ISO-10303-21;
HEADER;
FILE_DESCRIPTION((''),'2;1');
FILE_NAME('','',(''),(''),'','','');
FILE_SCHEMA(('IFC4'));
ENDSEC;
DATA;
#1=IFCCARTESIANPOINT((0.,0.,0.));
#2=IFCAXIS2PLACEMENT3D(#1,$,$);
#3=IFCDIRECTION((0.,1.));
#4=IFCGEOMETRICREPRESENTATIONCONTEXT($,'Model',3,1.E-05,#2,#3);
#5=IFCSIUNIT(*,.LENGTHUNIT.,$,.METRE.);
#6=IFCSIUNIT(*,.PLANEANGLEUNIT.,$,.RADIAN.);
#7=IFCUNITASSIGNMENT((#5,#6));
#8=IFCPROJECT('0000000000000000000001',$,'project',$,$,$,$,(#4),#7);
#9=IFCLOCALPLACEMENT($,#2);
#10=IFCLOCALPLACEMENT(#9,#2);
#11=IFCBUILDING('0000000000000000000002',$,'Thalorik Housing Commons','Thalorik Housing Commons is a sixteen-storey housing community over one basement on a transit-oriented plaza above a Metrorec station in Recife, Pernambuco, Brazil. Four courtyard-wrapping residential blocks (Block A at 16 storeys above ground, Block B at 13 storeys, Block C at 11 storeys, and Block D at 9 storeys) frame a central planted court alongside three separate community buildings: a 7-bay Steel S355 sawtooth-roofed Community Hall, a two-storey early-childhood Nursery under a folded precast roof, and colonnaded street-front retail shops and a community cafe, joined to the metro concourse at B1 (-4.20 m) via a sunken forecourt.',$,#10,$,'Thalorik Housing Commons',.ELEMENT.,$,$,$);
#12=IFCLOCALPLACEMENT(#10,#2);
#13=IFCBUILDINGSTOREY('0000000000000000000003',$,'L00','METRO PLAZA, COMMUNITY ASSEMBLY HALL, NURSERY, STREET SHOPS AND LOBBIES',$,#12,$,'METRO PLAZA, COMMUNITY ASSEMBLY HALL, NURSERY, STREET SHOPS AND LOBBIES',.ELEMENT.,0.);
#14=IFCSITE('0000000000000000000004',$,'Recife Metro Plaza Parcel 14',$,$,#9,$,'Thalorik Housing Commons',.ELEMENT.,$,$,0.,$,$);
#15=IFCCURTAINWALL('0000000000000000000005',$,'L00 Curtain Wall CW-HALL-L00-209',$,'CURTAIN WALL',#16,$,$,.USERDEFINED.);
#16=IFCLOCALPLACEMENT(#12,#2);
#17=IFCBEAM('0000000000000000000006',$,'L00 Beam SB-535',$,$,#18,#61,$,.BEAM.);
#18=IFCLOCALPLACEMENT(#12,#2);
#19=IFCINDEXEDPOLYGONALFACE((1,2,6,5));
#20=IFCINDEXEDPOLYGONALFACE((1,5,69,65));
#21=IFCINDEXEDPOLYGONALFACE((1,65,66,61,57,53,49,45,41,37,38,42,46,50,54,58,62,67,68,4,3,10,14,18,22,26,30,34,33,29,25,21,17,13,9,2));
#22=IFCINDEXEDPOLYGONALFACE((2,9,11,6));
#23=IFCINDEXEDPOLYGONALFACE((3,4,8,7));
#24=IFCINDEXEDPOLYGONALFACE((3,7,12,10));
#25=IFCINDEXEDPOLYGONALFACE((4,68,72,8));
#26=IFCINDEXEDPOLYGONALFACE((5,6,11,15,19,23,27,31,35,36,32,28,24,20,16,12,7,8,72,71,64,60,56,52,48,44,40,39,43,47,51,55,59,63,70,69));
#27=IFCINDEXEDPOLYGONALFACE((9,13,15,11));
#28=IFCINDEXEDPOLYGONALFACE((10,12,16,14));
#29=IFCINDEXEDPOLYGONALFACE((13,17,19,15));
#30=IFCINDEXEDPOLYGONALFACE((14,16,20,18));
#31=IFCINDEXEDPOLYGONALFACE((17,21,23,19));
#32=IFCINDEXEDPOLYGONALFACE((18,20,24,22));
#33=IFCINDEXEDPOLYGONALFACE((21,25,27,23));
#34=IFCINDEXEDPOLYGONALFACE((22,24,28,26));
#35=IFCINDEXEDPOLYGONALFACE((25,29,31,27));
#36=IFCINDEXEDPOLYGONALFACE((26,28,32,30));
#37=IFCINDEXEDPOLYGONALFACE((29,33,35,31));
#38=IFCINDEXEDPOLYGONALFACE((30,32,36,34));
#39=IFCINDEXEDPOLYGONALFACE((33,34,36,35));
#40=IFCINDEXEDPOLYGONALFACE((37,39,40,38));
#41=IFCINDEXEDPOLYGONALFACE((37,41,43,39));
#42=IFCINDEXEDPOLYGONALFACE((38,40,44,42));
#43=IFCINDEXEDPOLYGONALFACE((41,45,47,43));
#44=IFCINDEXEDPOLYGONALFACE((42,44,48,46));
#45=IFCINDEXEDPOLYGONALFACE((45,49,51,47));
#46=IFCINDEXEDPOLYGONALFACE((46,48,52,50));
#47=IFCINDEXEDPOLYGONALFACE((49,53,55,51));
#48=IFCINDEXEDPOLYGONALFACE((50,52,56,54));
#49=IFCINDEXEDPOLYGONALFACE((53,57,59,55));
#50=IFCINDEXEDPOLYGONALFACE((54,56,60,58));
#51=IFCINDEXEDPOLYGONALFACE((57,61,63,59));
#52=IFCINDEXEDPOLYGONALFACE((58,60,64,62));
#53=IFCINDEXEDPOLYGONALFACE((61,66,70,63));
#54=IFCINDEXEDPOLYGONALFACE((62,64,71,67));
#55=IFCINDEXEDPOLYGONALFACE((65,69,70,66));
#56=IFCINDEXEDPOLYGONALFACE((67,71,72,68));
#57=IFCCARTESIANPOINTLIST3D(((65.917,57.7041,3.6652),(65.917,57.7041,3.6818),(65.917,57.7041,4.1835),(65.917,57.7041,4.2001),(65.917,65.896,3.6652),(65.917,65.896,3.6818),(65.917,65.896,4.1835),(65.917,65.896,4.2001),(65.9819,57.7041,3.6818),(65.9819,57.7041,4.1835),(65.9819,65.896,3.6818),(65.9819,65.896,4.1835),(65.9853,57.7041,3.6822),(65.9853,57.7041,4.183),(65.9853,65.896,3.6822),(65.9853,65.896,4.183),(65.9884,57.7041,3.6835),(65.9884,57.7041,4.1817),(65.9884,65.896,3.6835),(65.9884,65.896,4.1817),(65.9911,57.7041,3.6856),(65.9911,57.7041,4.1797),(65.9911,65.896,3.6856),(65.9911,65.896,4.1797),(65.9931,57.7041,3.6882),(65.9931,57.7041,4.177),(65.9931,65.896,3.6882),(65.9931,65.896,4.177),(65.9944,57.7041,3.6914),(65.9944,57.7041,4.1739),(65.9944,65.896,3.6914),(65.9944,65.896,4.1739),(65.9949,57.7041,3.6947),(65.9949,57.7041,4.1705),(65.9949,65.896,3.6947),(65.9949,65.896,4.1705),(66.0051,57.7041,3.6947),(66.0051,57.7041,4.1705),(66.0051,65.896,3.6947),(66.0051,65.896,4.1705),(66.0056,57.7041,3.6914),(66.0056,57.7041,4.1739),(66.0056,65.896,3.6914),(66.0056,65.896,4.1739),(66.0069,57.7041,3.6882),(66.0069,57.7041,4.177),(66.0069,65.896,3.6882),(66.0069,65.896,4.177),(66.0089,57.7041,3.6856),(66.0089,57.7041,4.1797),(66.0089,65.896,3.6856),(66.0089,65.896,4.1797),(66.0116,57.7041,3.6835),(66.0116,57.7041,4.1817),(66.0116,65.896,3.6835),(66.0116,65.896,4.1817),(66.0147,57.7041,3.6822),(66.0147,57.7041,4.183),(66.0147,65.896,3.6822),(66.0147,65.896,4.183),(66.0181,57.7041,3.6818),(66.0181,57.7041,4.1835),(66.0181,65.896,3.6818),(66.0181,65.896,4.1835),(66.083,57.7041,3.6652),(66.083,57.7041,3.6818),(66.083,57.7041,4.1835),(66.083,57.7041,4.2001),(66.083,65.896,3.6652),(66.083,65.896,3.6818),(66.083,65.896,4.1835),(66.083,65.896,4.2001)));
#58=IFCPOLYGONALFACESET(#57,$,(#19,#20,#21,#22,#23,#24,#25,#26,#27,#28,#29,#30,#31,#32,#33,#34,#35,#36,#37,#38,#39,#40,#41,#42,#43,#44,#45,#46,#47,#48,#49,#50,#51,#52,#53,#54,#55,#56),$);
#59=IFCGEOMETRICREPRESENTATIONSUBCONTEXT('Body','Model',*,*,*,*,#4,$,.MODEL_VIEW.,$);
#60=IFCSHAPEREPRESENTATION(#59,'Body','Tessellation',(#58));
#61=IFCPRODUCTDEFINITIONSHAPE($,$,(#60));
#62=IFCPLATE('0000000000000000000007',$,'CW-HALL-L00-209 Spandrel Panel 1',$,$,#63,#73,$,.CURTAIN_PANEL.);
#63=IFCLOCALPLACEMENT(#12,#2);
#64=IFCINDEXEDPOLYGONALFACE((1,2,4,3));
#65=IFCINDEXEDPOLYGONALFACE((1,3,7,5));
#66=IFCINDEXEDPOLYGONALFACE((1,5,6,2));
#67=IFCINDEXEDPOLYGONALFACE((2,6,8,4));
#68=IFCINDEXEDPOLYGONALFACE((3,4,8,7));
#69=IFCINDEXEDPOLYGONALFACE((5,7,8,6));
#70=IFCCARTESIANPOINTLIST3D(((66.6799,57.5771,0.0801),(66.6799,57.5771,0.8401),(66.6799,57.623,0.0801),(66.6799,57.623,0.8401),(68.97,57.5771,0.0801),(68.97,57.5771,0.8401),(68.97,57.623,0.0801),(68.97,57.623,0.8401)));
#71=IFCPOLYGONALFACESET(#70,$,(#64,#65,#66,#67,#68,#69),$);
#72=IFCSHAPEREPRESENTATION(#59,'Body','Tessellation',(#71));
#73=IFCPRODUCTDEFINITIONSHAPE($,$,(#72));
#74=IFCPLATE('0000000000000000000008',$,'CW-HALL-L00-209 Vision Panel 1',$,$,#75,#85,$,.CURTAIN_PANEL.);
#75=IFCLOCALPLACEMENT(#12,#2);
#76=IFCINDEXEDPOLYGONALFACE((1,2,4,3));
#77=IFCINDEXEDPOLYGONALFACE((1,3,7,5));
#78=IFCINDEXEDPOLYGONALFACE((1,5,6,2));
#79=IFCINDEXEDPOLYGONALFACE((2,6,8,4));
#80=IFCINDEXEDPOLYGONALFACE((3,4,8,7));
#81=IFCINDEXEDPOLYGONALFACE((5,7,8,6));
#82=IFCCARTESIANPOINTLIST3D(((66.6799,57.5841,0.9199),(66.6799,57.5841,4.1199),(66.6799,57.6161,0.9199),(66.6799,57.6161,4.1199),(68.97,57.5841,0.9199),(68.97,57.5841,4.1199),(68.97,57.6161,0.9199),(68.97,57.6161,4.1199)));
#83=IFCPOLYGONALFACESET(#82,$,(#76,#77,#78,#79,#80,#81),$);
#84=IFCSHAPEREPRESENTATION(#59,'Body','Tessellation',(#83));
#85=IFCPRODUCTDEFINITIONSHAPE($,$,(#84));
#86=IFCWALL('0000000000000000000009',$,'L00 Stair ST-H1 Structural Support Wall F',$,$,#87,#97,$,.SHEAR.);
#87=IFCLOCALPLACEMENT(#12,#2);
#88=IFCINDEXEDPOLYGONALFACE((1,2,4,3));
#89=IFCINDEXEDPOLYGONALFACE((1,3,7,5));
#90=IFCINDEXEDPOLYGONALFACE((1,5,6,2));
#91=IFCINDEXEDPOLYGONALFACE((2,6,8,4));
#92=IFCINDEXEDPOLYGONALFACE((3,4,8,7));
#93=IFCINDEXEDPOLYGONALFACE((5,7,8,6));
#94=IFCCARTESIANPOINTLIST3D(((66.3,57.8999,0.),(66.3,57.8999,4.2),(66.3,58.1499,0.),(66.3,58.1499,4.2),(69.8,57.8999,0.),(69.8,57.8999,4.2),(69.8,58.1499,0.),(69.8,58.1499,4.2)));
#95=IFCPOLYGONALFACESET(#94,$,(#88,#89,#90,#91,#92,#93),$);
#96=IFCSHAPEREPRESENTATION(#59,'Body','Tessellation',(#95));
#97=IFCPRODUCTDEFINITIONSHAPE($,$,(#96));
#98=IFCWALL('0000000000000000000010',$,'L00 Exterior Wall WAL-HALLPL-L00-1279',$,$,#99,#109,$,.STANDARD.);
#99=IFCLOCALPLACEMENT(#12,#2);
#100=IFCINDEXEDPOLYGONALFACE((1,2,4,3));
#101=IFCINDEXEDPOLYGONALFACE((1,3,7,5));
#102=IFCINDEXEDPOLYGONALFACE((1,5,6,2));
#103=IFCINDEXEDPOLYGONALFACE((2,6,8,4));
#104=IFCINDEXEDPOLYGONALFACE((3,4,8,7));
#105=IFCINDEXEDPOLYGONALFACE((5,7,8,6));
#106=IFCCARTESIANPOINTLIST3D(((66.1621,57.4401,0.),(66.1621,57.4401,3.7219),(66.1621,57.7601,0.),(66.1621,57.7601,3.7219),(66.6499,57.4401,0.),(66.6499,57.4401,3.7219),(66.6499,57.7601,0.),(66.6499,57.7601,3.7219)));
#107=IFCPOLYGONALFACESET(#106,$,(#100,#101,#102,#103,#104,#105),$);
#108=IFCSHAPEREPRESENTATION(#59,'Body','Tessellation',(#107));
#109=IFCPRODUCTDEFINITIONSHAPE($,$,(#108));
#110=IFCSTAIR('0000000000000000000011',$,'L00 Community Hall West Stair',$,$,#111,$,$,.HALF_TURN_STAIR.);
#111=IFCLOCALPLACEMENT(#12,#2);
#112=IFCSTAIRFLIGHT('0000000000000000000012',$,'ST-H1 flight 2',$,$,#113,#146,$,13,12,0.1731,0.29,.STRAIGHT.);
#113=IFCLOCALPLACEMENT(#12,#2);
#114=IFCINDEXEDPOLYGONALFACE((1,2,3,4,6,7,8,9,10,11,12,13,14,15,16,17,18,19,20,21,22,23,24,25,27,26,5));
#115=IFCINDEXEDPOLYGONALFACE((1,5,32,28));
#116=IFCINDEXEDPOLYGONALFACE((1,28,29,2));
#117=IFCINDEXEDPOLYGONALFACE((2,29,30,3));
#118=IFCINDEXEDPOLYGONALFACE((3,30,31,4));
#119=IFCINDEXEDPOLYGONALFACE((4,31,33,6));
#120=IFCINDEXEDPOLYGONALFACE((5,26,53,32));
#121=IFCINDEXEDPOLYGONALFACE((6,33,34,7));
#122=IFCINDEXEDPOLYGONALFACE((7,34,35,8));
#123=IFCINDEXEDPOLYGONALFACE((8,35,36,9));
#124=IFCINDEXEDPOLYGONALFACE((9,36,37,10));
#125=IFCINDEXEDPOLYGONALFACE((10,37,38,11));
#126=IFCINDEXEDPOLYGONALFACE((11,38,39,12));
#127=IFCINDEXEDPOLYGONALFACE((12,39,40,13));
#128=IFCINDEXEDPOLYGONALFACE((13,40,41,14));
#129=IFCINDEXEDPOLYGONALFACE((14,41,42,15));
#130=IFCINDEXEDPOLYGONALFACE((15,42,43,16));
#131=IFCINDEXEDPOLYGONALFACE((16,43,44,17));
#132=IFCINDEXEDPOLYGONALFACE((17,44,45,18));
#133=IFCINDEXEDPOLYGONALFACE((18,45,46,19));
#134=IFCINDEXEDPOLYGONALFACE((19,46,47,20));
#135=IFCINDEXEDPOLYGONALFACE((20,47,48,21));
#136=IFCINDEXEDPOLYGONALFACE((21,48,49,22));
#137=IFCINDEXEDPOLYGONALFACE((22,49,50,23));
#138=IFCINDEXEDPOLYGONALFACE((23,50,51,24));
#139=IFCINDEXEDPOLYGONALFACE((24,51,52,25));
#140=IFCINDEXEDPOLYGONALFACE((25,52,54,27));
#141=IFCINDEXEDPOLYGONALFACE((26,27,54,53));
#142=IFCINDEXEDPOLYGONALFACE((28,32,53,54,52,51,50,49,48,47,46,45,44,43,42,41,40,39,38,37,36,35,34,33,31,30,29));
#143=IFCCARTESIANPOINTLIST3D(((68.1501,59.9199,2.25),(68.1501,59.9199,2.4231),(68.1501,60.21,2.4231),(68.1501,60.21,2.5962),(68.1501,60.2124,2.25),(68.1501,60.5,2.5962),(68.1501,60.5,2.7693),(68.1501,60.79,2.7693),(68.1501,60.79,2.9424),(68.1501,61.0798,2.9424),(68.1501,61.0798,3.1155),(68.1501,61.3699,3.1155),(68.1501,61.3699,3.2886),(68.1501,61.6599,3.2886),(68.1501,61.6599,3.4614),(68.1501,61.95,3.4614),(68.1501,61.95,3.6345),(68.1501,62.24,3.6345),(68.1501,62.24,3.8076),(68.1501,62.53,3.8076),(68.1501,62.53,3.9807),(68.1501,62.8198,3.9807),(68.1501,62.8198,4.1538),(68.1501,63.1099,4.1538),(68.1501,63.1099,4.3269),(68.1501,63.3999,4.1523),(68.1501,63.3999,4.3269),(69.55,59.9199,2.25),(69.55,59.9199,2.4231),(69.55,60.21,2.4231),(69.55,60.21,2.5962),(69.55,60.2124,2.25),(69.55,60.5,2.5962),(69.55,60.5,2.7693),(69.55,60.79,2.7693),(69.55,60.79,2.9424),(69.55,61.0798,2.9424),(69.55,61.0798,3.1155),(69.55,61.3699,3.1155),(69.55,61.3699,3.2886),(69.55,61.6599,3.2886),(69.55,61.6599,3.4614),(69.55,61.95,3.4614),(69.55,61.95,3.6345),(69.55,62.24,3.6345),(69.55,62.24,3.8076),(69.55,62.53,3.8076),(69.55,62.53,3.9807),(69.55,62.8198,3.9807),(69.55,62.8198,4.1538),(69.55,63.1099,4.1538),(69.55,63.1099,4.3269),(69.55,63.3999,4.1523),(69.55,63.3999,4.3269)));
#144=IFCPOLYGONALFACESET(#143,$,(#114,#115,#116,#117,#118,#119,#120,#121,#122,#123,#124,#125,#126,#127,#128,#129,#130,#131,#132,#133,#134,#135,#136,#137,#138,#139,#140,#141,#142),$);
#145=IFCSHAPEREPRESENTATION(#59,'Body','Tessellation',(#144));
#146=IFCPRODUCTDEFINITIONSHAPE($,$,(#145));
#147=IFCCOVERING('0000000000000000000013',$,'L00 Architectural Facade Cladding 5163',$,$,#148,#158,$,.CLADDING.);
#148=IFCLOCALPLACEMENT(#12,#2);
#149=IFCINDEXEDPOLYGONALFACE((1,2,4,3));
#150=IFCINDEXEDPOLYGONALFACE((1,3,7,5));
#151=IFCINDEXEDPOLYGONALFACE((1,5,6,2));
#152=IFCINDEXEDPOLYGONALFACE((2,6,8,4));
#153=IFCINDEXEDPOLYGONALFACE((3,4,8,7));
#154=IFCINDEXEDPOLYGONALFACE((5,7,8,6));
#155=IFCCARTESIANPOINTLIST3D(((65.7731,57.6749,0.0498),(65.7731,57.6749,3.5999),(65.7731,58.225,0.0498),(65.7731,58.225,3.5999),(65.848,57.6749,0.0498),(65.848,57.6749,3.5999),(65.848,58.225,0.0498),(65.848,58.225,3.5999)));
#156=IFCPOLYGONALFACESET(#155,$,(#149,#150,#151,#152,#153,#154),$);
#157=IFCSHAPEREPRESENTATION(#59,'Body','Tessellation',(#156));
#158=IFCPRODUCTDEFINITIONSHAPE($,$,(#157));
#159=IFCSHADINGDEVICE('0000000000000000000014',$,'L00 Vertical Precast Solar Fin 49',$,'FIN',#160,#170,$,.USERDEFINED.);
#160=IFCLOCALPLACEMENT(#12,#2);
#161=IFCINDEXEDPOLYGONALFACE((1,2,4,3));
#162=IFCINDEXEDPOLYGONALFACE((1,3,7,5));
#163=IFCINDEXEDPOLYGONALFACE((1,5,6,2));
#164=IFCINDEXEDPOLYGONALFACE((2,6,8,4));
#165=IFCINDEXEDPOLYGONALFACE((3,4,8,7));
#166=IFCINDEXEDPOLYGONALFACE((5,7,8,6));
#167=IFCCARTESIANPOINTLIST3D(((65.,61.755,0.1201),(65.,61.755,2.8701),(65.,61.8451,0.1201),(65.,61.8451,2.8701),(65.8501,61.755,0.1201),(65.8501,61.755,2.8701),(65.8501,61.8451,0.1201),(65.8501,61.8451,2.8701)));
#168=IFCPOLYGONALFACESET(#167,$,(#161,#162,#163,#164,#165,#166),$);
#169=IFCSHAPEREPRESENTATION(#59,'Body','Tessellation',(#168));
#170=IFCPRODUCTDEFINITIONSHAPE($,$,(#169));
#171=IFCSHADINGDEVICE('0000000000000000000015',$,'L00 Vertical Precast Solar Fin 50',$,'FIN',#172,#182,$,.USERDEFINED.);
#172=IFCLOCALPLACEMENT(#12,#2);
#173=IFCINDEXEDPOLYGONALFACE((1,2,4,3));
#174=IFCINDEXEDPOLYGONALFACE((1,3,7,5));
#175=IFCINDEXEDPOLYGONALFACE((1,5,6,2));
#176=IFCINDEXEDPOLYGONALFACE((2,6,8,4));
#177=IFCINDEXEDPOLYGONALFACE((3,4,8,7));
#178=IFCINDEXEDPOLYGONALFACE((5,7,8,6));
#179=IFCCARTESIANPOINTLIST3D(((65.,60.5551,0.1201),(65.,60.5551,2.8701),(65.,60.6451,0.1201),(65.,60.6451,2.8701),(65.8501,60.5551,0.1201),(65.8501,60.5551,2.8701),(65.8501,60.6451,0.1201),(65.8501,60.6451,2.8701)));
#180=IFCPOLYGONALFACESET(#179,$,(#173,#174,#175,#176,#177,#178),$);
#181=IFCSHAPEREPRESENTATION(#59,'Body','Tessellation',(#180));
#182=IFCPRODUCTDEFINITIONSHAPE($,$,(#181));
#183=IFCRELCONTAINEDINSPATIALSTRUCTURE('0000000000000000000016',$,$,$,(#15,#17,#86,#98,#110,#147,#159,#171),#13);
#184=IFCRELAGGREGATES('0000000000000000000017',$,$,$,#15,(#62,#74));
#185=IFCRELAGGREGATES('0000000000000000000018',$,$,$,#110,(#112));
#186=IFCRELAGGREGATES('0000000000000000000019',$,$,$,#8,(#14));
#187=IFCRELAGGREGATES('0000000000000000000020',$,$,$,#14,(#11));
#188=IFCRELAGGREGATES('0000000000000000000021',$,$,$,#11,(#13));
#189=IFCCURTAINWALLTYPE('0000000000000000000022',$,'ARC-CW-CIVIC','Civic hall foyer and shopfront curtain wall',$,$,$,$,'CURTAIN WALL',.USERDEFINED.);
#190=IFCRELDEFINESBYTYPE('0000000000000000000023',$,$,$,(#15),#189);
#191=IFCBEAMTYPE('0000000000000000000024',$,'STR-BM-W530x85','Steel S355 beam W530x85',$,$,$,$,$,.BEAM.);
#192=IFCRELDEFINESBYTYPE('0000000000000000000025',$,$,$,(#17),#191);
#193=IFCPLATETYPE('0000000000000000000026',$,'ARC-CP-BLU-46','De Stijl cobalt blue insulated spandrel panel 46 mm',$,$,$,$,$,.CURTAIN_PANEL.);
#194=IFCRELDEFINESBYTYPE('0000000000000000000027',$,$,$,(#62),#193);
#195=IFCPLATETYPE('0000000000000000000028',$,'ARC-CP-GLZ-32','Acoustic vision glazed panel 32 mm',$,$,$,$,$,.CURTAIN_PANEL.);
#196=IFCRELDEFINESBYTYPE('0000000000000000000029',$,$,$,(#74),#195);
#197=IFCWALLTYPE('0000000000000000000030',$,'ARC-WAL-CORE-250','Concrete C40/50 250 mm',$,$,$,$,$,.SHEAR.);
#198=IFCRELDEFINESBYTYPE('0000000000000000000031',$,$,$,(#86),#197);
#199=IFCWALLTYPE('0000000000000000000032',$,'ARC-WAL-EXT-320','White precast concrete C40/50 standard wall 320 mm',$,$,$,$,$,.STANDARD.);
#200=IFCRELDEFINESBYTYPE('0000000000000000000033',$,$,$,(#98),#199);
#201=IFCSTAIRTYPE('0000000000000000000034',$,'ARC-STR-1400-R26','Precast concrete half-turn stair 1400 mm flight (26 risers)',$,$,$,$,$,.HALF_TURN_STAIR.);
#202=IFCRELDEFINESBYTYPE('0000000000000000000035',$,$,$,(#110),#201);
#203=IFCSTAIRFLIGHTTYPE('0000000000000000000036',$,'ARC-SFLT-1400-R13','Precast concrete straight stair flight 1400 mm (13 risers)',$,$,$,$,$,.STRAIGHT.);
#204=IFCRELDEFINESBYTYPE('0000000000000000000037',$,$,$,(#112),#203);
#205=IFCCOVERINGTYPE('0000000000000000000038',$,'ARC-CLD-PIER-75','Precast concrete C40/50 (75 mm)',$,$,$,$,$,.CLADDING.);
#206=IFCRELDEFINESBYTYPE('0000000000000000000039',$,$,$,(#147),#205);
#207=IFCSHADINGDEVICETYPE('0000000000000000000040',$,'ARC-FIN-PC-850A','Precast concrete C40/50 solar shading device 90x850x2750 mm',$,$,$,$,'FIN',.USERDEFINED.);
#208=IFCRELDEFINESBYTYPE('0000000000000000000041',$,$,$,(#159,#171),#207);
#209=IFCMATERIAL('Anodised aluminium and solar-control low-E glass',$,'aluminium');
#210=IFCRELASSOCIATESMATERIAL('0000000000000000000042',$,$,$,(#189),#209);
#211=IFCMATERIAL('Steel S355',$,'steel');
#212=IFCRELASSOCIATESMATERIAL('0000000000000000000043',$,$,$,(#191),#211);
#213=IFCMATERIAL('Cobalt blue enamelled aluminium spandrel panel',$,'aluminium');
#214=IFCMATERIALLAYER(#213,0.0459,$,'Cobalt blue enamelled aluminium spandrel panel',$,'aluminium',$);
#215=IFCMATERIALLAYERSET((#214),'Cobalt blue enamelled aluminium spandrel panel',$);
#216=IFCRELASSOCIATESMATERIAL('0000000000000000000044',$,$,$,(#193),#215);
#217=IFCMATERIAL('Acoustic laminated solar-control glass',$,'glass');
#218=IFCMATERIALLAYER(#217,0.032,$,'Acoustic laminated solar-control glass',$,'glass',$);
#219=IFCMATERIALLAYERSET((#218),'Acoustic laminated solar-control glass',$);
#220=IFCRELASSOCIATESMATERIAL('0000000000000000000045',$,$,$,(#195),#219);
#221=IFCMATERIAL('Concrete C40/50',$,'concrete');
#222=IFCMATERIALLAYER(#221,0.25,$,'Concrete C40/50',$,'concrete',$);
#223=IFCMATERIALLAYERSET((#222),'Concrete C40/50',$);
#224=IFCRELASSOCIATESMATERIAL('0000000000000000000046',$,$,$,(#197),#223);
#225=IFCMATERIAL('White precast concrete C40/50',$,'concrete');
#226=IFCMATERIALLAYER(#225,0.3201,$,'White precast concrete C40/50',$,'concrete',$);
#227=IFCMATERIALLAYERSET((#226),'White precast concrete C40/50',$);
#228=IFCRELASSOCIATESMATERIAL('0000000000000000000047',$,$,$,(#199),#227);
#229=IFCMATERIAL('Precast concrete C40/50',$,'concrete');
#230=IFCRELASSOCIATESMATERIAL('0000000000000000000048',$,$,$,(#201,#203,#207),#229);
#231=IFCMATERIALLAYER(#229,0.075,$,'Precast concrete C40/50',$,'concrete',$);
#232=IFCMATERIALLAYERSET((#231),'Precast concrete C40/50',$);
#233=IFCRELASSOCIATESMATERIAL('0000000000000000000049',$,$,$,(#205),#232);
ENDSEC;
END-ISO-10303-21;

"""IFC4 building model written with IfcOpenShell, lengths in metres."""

from ifc_helpers import new_model, si_unit, direction, frame, frame_2d, origin, origin_2d, place, context, subcontext, project, spatial, polyline, rectangle, i_section, outline, extrude, material, layer, layer_set, material_profile, profile_set, type_object, element, aggregate, save


model = new_model("IFC4")

# Units and contexts
model_context = context("Model", 3, precision=1e-05, world=origin(), true_north=direction((0.0, 1.0)))
body_context = subcontext(model_context, "Body", "Model", "MODEL_VIEW")
ifc_project = project(units=[si_unit("LENGTHUNIT", "METRE"), si_unit("PLANEANGLEUNIT", "RADIAN")], contexts=[model_context])

# Site, building, storey
site_placement = place(None, origin())
site = spatial("IfcSite", under=ifc_project, at=site_placement, Name="Recife Metro Plaza Parcel 14", LongName="Thalorik Housing Commons", CompositionType="ELEMENT", RefElevation=0.0)
building_placement = place(site_placement, origin())
building = spatial("IfcBuilding", under=site, at=building_placement, Name="Thalorik Housing Commons", Description="Thalorik Housing Commons is a sixteen-storey housing community over one basement on a transit-oriented plaza above a Metrorec station in Recife, Pernambuco, Brazil. Four courtyard-wrapping residential blocks (Block A at 16 storeys above ground, Block B at 13 storeys, Block C at 11 storeys, and Block D at 9 storeys) frame a central planted court alongside three separate community buildings: a 7-bay Steel S355 sawtooth-roofed Community Hall, a two-storey early-childhood Nursery under a folded precast roof, and colonnaded street-front retail shops and a community cafe, joined to the metro concourse at B1 (-4.20 m) via a sunken forecourt.", LongName="Thalorik Housing Commons", CompositionType="ELEMENT")
storey_placement = place(building_placement, origin())
storey = spatial("IfcBuildingStorey", under=building, at=storey_placement, Name="L00", Description="METRO PLAZA, COMMUNITY ASSEMBLY HALL, NURSERY, STREET SHOPS AND LOBBIES", LongName="METRO PLAZA, COMMUNITY ASSEMBLY HALL, NURSERY, STREET SHOPS AND LOBBIES", CompositionType="ELEMENT", Elevation=0.0)

# Shared definitions
ifc_material_1 = material(Name="Steel S355", Category="steel")

# Curtain wall
ifc_material_2 = material(Name="Anodised aluminium and solar-control low-E glass", Category="aluminium")
curtain_wall_type = type_object("IfcCurtainWallType", Name="ARC-CW-CIVIC", Description="Civic hall foyer and shopfront curtain wall", ElementType="CURTAIN WALL", PredefinedType="USERDEFINED", material=ifc_material_2)
curtain_wall_placement = place(storey_placement, origin())
curtain_wall = element("IfcCurtainWall", 1, at=curtain_wall_placement, inside=storey, type_object=curtain_wall_type, Name="L00 Curtain Wall CW-HALL-L00-209", ObjectType="CURTAIN WALL", PredefinedType="USERDEFINED")

# Beam
ifc_material_profile_1 = material_profile(ifc_material_1, i_section(OverallWidth=0.166, OverallDepth=0.5349, WebThickness=0.0103, FlangeThickness=0.0166, FilletRadius=0.0129, at=origin_2d()), Name="W530x85", Category="steel")
ifc_profile_set_1 = profile_set([ifc_material_profile_1], Name="Steel S355")
beam_type_1 = type_object("IfcBeamType", Name="STR-BM-W530x85", Description="Steel S355 beam W530x85", PredefinedType="BEAM", material=ifc_profile_set_1)
beam_1_placement = place(storey_placement, frame((66.0, 57.7041, 3.9326), z_axis=(0.0, 1.0, 0.0), x_axis=(-1.0, 0.0, 0.0)))
element("IfcBeam", 2, at=beam_1_placement, inside=storey, type_object=beam_type_1, Name="L00 Beam SB-535", PredefinedType="BEAM", context=body_context, shape_type="SweptSolid", body=[
    extrude(i_section(OverallWidth=0.166, OverallDepth=0.5349, WebThickness=0.0103, FlangeThickness=0.0166, FilletRadius=0.0129, at=origin_2d()), origin(), (0.0, 0.0, 1.0), 8.1919),
])

# Plates
ifc_material_3 = material(Name="Cobalt blue enamelled aluminium spandrel panel", Category="aluminium")
ifc_layer_1 = layer(ifc_material_3, 0.0459, Name="Cobalt blue enamelled aluminium spandrel panel", Category="aluminium")
ifc_layer_set_1 = layer_set([ifc_layer_1], Name="Cobalt blue enamelled aluminium spandrel panel")
plate_type_1 = type_object("IfcPlateType", Name="ARC-CP-BLU-46", Description="De Stijl cobalt blue insulated spandrel panel 46 mm", PredefinedType="CURTAIN_PANEL", material=ifc_layer_set_1)
plate_1_placement = place(storey_placement, frame((67.825, 57.6001, 0.0801), z_axis=(0.0, 0.0, 1.0), x_axis=(1.0, 0.0, 0.0)))
plate_1 = element("IfcPlate", 3, at=plate_1_placement, type_object=plate_type_1, Name="CW-HALL-L00-209 Spandrel Panel 1", PredefinedType="CURTAIN_PANEL", context=body_context, shape_type="SweptSolid", body=[
    extrude(rectangle(XDim=2.29, YDim=0.0459, at=origin_2d()), origin(), (0.0, 0.0, 1.0), 0.76),
])
ifc_material_4 = material(Name="Acoustic laminated solar-control glass", Category="glass")
ifc_layer_2 = layer(ifc_material_4, 0.032, Name="Acoustic laminated solar-control glass", Category="glass")
ifc_layer_set_2 = layer_set([ifc_layer_2], Name="Acoustic laminated solar-control glass")
plate_type_2 = type_object("IfcPlateType", Name="ARC-CP-GLZ-32", Description="Acoustic vision glazed panel 32 mm", PredefinedType="CURTAIN_PANEL", material=ifc_layer_set_2)
plate_2_placement = place(storey_placement, frame((67.825, 57.6001, 0.9199), z_axis=(0.0, 0.0, 1.0), x_axis=(1.0, 0.0, 0.0)))
plate_2 = element("IfcPlate", 4, at=plate_2_placement, type_object=plate_type_2, Name="CW-HALL-L00-209 Vision Panel 1", PredefinedType="CURTAIN_PANEL", context=body_context, shape_type="SweptSolid", body=[
    extrude(rectangle(XDim=2.29, YDim=0.032, at=origin_2d()), origin(), (0.0, 0.0, 1.0), 3.2),
])
aggregate(curtain_wall, [plate_1, plate_2])

# Wall
ifc_material_5 = material(Name="Concrete C40/50", Category="concrete")
ifc_layer_3 = layer(ifc_material_5, 0.25, Name="Concrete C40/50", Category="concrete")
ifc_layer_set_3 = layer_set([ifc_layer_3], Name="Concrete C40/50")
wall_type_1 = type_object("IfcWallType", Name="ARC-WAL-CORE-250", Description="Concrete C40/50 250 mm", PredefinedType="SHEAR", material=ifc_layer_set_3)
wall_1_placement = place(storey_placement, frame((66.3, 58.0249, 0.0), z_axis=(0.0, 0.0, 1.0), x_axis=(1.0, 0.0, 0.0)))
element("IfcWall", 5, at=wall_1_placement, inside=storey, type_object=wall_type_1, Name="L00 Stair ST-H1 Structural Support Wall F", PredefinedType="SHEAR", context=body_context, shape_type="SweptSolid", body=[
    extrude(rectangle(XDim=3.5, YDim=0.25, at=frame_2d((1.75, 0.0))), origin(), (0.0, 0.0, 1.0), 4.2),
])

# Shared definitions
ifc_material_6 = material(Name="White precast concrete C40/50", Category="concrete")

# Wall
ifc_layer_4 = layer(ifc_material_6, 0.3201, Name="White precast concrete C40/50", Category="concrete")
ifc_layer_set_4 = layer_set([ifc_layer_4], Name="White precast concrete C40/50")
wall_type_2 = type_object("IfcWallType", Name="ARC-WAL-EXT-320", Description="White precast concrete C40/50 standard wall 320 mm", PredefinedType="STANDARD", material=ifc_layer_set_4)
wall_2_placement = place(storey_placement, frame((66.1621, 57.6001, 0.0), z_axis=(0.0, 0.0, 1.0), x_axis=(1.0, 0.0, 0.0)))
element("IfcWall", 6, at=wall_2_placement, inside=storey, type_object=wall_type_2, Name="L00 Exterior Wall WAL-HALLPL-L00-1279", PredefinedType="STANDARD", context=body_context, shape_type="SweptSolid", body=[
    extrude(rectangle(XDim=0.4878, YDim=0.3201, at=frame_2d((0.2439, 0.0))), origin(), (0.0, 0.0, 1.0), 3.7219),
])

# Stair, stair flight
ifc_material_7 = material(Name="Precast concrete C40/50", Category="concrete")
stair_type = type_object("IfcStairType", Name="ARC-STR-1400-R26", Description="Precast concrete half-turn stair 1400 mm flight (26 risers)", PredefinedType="HALF_TURN_STAIR", material=ifc_material_7)
stair_placement = place(storey_placement, origin())
stair = element("IfcStair", 7, at=stair_placement, inside=storey, type_object=stair_type, Name="L00 Community Hall West Stair", PredefinedType="HALF_TURN_STAIR")
stair_flight_type = type_object("IfcStairFlightType", Name="ARC-SFLT-1400-R13", Description="Precast concrete straight stair flight 1400 mm (13 risers)", PredefinedType="STRAIGHT", material=ifc_material_7)
stair_flight_placement = place(storey_placement, frame((68.8501, 59.9199, 2.25), z_axis=(0.0, 0.0, 1.0), x_axis=(0.0, 1.0, 0.0)))
stair_flight = element("IfcStairFlight", 8, at=stair_flight_placement, type_object=stair_flight_type, Name="ST-H1 flight 2", NumberOfRisers=13, NumberOfTreads=12, PredefinedType="STRAIGHT", RiserHeight=0.1731, TreadLength=0.29, context=body_context, shape_type="SweptSolid", body=[
    extrude(outline(polyline([(0.0, 0.0), (0.0, 0.1731), (0.29, 0.1731), (0.29, 0.3462), (0.5801, 0.3462), (0.5801, 0.5193), (0.8701, 0.5193), (0.8701, 0.6924), (1.1599, 0.6924), (1.1599, 0.8655), (1.45, 0.8655), (1.45, 1.0386), (1.74, 1.0386), (1.74, 1.2114), (2.03, 1.2114), (2.03, 1.3845), (2.3201, 1.3845), (2.3201, 1.5576), (2.6101, 1.5576), (2.6101, 1.7307), (2.8999, 1.7307), (2.8999, 1.9038), (3.1899, 1.9038), (3.1899, 2.0769), (3.48, 2.0769), (3.48, 2.25), (3.48, 1.9023), (0.2925, 0.0), (0.0, 0.0)])), frame((0.0, 0.7, 0.0), z_axis=(0.0, -1.0, 0.0), x_axis=(1.0, 0.0, 0.0)), (0.0, 0.0, 1.0), 1.3999),
])
aggregate(stair, [stair_flight])

# Covering
ifc_layer_5 = layer(ifc_material_7, 0.075, Name="Precast concrete C40/50", Category="concrete")
ifc_layer_set_5 = layer_set([ifc_layer_5], Name="Precast concrete C40/50")
covering_type = type_object("IfcCoveringType", Name="ARC-CLD-PIER-75", Description="Precast concrete C40/50 (75 mm)", PredefinedType="CLADDING", material=ifc_layer_set_5)
covering_placement = place(storey_placement, frame((65.8105, 57.95, 0.0498), z_axis=(0.0, 0.0, 1.0), x_axis=(0.0, -1.0, 0.0)))
element("IfcCovering", 9, at=covering_placement, inside=storey, type_object=covering_type, Name="L00 Architectural Facade Cladding 5163", PredefinedType="CLADDING", context=body_context, shape_type="SweptSolid", body=[
    extrude(rectangle(XDim=0.55, YDim=0.075, at=origin_2d()), origin(), (0.0, 0.0, 1.0), 3.55),
])

# Shading devices
shading_device_type = type_object("IfcShadingDeviceType", Name="ARC-FIN-PC-850A", Description="Precast concrete C40/50 solar shading device 90x850x2750 mm", ElementType="FIN", PredefinedType="USERDEFINED", material=ifc_material_7)
for number, where, z_axis, x_axis, name in (
    (10, (65.425, 61.8, 0.1201), (0.0, 0.0, 1.0), (0.0, -1.0, 0.0), "L00 Vertical Precast Solar Fin 49"),
    (11, (65.425, 60.6001, 0.1201), (0.0, 0.0, 1.0), (0.0, -1.0, 0.0), "L00 Vertical Precast Solar Fin 50"),
):
    element("IfcShadingDevice", number, at=place(storey_placement, frame(where, z_axis=z_axis, x_axis=x_axis)), inside=storey, type_object=shading_device_type, Name=name, ObjectType="FIN", PredefinedType="USERDEFINED", context=body_context, shape_type="SweptSolid", body=[
        extrude(rectangle(XDim=0.0901, YDim=0.8501, at=origin_2d()), origin(), (0.0, 0.0, 1.0), 2.75),
    ])

save(model, "model.ifc")
